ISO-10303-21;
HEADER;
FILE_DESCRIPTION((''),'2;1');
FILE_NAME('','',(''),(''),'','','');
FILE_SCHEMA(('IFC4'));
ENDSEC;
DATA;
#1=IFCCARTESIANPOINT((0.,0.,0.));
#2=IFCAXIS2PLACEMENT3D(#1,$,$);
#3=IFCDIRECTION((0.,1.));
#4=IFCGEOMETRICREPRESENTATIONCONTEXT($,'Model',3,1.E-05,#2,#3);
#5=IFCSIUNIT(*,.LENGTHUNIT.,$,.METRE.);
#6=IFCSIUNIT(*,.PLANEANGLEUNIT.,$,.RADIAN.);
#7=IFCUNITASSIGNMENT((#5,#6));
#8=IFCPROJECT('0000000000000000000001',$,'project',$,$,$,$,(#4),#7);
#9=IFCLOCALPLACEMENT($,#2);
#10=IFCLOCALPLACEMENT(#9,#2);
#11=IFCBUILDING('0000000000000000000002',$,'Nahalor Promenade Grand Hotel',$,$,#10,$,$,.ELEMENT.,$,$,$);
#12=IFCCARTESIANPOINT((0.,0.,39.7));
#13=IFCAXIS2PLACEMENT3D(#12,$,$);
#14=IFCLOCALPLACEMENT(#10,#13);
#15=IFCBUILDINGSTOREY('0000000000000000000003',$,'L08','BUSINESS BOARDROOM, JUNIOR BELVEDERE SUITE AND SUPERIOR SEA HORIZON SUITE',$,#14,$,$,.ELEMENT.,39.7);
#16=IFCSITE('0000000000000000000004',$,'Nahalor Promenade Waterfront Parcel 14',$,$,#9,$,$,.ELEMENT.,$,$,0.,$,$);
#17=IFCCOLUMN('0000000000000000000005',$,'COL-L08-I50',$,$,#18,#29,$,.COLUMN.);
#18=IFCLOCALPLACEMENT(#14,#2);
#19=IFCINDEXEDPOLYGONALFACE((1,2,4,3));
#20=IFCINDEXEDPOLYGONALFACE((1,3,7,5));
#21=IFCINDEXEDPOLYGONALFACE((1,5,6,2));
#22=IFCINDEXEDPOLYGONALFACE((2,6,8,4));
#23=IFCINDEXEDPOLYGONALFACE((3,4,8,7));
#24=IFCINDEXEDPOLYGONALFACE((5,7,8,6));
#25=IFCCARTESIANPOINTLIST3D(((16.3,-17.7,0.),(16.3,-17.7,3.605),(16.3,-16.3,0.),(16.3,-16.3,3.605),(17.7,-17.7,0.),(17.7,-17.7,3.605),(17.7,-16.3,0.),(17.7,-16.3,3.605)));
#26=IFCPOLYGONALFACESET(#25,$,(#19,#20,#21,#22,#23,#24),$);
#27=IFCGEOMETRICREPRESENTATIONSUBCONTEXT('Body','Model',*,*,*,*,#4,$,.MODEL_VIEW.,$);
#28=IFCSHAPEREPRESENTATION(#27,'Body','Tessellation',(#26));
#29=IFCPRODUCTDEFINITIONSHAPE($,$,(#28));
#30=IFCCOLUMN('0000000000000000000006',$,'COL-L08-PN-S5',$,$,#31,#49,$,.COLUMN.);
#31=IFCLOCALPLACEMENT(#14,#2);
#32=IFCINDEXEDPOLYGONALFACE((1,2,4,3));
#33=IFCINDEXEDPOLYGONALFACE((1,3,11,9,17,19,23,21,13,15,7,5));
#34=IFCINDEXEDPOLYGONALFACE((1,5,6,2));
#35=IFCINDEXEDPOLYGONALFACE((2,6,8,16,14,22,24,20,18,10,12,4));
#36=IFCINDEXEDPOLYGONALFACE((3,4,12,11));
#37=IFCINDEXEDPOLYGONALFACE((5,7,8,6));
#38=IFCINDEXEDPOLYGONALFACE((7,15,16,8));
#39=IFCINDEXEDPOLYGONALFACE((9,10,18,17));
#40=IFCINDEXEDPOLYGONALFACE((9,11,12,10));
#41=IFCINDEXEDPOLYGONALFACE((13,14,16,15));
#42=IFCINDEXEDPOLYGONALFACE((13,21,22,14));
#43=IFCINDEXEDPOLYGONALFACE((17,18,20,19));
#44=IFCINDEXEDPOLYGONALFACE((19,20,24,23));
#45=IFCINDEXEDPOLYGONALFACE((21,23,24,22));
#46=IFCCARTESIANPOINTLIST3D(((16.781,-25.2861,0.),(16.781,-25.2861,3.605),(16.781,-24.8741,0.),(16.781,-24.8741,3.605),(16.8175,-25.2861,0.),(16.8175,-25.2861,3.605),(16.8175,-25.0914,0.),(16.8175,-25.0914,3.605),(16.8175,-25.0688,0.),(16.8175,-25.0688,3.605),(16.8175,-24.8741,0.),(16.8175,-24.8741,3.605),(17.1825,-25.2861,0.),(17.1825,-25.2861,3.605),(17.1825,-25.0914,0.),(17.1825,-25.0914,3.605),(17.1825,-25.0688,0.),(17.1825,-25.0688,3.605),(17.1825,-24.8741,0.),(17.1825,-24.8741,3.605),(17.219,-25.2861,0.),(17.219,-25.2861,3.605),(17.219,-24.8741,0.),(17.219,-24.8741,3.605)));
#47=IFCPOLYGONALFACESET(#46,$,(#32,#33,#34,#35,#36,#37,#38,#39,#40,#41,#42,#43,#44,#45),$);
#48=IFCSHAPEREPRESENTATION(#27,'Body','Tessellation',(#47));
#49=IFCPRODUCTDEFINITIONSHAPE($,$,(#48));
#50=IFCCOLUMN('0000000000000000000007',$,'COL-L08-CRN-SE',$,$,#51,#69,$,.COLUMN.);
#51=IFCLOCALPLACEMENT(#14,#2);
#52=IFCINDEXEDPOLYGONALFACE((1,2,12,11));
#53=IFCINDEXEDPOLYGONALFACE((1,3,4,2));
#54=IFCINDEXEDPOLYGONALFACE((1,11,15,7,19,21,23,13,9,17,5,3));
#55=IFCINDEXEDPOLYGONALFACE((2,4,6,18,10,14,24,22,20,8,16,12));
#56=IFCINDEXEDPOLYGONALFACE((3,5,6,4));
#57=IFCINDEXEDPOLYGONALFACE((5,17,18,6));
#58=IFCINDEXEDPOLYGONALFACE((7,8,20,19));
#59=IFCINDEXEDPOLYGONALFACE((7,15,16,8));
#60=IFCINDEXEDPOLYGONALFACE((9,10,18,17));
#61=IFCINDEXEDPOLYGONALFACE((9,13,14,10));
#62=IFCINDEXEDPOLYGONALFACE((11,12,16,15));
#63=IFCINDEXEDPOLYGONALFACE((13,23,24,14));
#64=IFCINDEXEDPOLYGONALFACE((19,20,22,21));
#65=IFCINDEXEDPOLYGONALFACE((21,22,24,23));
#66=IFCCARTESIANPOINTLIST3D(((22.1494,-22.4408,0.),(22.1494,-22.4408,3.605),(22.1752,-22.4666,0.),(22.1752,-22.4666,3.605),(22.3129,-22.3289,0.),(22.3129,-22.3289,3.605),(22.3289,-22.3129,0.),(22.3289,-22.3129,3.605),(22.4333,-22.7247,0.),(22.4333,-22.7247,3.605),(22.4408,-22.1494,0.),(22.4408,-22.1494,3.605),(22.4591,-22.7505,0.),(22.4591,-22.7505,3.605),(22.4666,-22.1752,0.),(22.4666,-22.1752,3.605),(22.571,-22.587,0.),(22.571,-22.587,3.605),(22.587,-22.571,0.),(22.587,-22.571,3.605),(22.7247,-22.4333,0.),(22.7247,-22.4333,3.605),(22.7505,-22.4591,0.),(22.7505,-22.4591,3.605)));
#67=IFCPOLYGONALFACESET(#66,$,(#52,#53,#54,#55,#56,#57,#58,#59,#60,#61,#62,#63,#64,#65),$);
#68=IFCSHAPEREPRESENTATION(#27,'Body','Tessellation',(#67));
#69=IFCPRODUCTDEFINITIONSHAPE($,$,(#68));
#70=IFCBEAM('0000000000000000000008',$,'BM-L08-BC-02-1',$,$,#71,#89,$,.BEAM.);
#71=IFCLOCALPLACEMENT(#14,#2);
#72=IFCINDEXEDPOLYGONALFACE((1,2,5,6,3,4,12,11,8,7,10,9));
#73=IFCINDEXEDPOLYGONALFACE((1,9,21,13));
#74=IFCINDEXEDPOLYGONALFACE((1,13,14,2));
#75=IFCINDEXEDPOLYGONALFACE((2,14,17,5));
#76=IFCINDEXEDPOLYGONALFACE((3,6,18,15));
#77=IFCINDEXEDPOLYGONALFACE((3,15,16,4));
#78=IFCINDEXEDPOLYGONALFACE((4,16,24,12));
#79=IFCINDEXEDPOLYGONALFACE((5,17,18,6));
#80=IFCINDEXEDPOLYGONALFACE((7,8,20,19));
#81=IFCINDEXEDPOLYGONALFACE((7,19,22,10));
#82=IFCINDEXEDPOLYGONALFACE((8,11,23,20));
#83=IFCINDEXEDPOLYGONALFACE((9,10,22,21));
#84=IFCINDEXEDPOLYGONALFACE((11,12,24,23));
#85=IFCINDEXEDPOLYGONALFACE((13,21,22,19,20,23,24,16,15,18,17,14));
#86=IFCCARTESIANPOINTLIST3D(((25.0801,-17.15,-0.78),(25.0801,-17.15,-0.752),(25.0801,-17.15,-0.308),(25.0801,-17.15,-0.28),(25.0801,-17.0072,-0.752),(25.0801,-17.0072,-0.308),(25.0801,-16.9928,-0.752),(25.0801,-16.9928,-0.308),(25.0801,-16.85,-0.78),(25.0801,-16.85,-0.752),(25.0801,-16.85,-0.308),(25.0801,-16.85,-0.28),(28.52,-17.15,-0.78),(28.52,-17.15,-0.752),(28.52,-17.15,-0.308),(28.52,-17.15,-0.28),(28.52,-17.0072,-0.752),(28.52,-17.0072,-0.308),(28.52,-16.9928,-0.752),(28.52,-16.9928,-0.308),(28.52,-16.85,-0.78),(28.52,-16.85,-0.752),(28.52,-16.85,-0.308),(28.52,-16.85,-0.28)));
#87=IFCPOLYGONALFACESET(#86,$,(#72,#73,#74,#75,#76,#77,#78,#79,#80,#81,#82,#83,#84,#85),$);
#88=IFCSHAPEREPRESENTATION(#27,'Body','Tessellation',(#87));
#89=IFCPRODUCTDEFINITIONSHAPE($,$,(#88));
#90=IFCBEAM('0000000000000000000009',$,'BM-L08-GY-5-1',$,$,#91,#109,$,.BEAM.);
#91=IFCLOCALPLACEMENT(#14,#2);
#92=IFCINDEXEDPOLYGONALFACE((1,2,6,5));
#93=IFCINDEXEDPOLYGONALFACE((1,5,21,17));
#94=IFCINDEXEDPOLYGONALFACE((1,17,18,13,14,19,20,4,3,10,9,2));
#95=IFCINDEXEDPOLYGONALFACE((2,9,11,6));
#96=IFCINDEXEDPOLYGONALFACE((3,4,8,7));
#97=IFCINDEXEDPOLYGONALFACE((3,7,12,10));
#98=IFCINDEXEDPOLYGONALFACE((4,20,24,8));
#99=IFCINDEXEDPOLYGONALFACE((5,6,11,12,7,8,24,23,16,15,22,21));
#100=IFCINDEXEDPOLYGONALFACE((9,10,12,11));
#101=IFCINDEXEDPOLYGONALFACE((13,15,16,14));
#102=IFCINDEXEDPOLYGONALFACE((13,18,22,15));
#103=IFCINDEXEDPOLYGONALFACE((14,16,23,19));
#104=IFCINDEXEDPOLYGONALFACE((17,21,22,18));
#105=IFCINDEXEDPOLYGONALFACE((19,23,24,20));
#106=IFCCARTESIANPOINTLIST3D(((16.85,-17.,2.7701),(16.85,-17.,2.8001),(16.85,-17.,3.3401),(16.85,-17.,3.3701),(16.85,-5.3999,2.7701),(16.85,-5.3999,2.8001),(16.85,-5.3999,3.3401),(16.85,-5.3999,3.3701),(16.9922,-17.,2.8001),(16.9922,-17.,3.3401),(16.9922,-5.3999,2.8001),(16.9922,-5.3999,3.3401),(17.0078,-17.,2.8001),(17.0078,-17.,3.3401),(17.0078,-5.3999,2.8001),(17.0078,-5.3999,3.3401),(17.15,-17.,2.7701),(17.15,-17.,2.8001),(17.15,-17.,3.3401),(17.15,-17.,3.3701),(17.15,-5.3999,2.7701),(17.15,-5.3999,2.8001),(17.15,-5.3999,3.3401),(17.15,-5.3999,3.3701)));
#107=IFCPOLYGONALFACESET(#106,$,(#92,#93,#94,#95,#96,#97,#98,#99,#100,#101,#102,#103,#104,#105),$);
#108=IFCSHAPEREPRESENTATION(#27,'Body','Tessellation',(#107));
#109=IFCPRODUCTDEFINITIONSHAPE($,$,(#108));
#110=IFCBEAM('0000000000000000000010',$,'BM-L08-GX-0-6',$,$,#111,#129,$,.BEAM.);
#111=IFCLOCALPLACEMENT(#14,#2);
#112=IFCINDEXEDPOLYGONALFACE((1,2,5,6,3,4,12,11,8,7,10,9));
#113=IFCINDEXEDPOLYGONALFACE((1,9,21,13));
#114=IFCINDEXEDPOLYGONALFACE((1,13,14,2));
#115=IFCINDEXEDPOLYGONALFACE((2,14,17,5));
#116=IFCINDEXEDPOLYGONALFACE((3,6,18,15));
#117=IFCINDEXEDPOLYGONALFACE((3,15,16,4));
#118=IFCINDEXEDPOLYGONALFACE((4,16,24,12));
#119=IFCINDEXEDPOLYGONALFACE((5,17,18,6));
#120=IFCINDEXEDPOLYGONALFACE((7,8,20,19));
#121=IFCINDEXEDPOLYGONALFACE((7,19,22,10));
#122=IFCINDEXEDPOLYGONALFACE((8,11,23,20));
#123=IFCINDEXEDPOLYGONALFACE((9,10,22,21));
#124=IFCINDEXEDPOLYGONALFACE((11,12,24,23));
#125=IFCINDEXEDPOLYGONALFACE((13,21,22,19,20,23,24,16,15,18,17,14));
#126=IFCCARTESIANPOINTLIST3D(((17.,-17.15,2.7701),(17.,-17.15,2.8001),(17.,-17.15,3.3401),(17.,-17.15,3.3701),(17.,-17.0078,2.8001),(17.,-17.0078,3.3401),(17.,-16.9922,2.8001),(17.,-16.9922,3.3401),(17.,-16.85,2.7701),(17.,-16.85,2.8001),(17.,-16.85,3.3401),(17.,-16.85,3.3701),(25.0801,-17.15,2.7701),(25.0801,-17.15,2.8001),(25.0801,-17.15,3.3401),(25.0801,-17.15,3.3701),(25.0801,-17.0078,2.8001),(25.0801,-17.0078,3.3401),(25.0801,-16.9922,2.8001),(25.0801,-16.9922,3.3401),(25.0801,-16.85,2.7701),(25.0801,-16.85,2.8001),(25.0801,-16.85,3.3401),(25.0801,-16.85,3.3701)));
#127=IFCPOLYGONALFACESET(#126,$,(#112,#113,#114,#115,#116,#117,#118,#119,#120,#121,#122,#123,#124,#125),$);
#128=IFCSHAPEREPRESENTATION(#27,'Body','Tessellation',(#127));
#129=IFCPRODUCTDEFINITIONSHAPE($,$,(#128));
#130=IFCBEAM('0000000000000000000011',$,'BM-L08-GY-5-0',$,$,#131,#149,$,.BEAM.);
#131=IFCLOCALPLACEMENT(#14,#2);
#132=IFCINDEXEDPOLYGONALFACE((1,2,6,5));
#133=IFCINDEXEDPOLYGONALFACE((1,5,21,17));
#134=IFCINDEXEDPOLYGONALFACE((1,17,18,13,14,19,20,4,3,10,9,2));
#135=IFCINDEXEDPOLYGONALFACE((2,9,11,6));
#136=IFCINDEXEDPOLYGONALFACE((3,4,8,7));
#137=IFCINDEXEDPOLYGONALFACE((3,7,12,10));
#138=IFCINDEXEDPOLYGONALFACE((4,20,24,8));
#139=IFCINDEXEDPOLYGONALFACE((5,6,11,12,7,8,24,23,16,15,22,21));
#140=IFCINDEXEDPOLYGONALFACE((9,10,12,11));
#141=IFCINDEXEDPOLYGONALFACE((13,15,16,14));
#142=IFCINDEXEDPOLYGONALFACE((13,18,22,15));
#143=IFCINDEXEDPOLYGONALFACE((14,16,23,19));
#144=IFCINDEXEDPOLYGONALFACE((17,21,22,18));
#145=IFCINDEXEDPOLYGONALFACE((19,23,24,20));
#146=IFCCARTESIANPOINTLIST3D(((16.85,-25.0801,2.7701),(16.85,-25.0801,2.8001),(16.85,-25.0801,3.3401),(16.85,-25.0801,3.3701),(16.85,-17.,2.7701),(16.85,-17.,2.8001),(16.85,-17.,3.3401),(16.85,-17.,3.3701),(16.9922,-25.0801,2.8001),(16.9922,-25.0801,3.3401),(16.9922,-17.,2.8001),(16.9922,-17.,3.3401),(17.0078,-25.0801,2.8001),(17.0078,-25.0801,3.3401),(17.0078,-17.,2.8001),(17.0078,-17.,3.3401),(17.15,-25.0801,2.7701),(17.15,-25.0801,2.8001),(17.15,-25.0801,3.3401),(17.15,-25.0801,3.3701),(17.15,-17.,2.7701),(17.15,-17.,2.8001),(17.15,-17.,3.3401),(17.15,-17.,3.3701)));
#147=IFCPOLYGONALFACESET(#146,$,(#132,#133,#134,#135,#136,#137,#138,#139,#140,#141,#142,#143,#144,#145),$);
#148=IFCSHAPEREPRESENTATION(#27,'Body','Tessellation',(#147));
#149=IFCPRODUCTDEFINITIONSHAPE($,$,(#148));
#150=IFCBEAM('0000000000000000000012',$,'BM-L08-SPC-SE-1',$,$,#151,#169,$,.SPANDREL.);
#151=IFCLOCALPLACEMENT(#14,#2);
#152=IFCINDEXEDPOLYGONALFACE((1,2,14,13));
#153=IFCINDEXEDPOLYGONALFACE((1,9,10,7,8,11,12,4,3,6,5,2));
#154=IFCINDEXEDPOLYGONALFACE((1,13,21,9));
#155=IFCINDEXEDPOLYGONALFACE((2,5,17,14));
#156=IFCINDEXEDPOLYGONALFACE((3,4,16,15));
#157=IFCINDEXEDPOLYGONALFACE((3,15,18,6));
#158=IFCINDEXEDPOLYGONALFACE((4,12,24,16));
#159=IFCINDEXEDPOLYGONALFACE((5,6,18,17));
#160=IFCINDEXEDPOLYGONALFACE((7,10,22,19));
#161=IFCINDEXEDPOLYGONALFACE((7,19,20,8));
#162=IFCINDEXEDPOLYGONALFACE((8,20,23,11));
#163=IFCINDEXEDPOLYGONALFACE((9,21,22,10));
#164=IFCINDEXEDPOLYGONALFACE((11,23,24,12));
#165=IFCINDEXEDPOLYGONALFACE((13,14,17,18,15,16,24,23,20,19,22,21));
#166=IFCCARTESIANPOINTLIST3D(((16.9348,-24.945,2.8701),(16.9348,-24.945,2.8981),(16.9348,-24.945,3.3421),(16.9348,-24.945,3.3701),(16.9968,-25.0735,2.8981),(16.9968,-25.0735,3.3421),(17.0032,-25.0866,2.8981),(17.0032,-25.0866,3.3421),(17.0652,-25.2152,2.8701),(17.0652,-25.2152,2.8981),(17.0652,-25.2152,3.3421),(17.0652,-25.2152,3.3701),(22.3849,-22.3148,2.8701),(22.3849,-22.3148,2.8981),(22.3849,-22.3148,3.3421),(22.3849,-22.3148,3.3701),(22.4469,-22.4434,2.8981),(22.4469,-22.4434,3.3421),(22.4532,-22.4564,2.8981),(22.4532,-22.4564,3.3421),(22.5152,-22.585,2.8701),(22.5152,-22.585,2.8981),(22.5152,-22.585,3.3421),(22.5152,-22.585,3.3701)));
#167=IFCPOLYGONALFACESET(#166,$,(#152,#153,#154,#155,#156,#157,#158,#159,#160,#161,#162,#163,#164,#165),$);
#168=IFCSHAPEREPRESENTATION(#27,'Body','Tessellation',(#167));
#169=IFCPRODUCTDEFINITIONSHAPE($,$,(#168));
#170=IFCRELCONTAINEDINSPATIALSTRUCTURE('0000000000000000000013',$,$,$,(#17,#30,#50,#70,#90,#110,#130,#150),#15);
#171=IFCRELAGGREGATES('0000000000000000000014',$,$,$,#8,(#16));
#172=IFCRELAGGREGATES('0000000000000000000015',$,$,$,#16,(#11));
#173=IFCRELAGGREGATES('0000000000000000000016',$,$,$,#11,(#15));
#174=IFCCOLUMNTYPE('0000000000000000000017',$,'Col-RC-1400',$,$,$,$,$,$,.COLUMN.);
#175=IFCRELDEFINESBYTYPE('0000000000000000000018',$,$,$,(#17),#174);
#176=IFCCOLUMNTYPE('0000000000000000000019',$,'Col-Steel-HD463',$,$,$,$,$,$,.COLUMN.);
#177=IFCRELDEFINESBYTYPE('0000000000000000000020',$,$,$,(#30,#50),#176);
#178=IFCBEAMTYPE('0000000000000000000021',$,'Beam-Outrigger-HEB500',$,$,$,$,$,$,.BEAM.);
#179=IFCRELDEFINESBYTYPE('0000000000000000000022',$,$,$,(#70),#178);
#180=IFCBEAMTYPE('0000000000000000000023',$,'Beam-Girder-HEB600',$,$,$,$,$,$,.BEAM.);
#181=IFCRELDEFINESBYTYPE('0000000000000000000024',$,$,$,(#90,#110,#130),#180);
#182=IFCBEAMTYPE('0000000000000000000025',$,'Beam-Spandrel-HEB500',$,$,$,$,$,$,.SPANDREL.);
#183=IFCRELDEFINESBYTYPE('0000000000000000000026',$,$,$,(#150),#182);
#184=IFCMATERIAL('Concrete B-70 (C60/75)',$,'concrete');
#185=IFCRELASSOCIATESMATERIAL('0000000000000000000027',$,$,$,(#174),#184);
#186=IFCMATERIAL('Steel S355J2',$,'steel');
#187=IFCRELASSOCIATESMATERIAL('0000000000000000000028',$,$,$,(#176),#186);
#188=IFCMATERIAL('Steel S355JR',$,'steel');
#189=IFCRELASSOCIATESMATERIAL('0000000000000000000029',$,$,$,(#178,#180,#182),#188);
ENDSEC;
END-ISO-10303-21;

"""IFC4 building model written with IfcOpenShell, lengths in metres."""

from ifc_helpers import new_model, si_unit, direction, frame, origin, origin_2d, place, context, subcontext, project, spatial, rectangle, i_section, extrude, source, transform, mapped, material, material_profile, profile_set, type_object, element, save


model = new_model("IFC4")

# Units and contexts
model_context = context("Model", 3, precision=1e-05, world=origin(), true_north=direction((0.0, 1.0)))
body_context = subcontext(model_context, "Body", "Model", "MODEL_VIEW")
ifc_project = project(units=[si_unit("LENGTHUNIT", "METRE"), si_unit("PLANEANGLEUNIT", "RADIAN")], contexts=[model_context])

# Site, building, storey
site_placement = place(None, origin())
site = spatial("IfcSite", under=ifc_project, at=site_placement, Name="Nahalor Promenade Waterfront Parcel 14", CompositionType="ELEMENT", RefElevation=0.0)
building_placement = place(site_placement, origin())
building = spatial("IfcBuilding", under=site, at=building_placement, Name="Nahalor Promenade Grand Hotel", CompositionType="ELEMENT")
storey_placement = place(building_placement, frame((0.0, 0.0, 39.7)))
storey = spatial("IfcBuildingStorey", under=building, at=storey_placement, Name="L08", Description="BUSINESS BOARDROOM, JUNIOR BELVEDERE SUITE AND SUPERIOR SEA HORIZON SUITE", CompositionType="ELEMENT", Elevation=39.7)

# Columns
ifc_material_1 = material(Name="Concrete B-70 (C60/75)", Category="concrete")
ifc_material_profile_1 = material_profile(ifc_material_1, rectangle(XDim=1.4, YDim=1.4, at=origin_2d()), Name="RC 1400x1400")
ifc_profile_set_1 = profile_set([ifc_material_profile_1], Name="Concrete B-70 (C60/75)")
column_type_1 = type_object("IfcColumnType", Name="Col-RC-1400", PredefinedType="COLUMN", material=ifc_profile_set_1)
shared_shape_1 = source(origin(), body_context, "Body", "SweptSolid", [
    extrude(rectangle(XDim=1.4, YDim=1.4, at=origin_2d()), origin(), (0.0, 0.0, 1.0), 3.605),
])
column_placement = place(storey_placement, frame((17.0, -17.0, 0.0), z_axis=(0.0, 0.0, 1.0), x_axis=(1.0, 0.0, 0.0)))
element("IfcColumn", 1, at=column_placement, inside=storey, type_object=column_type_1, Name="COL-L08-I50", PredefinedType="COLUMN", context=body_context, shape_type="MappedRepresentation", body=[
    mapped(shared_shape_1, transform((0.0, 0.0, 0.0), scale=1.0)),
])
ifc_material_2 = material(Name="Steel S355J2", Category="steel")
ifc_material_profile_2 = material_profile(ifc_material_2, i_section(OverallWidth=0.412, OverallDepth=0.438, WebThickness=0.0226, FlangeThickness=0.0365, at=origin_2d()), Name="HD 400x463")
ifc_profile_set_2 = profile_set([ifc_material_profile_2], Name="Steel S355J2")
column_type_2 = type_object("IfcColumnType", Name="Col-Steel-HD463", PredefinedType="COLUMN", material=ifc_profile_set_2)
shared_shape_2 = source(origin(), body_context, "Body", "SweptSolid", [
    extrude(i_section(OverallWidth=0.412, OverallDepth=0.438, WebThickness=0.0226, FlangeThickness=0.0365, at=origin_2d()), origin(), (0.0, 0.0, 1.0), 3.605),
])
for number, where, z_axis, x_axis, name in (
    (2, (17.0, -25.0801, 0.0), (0.0, 0.0, 1.0), (0.0, 1.0, 0.0), "COL-L08-PN-S5"),
    (3, (22.45, -22.45, 0.0), (0.0, 0.0, 1.0), (0.707107, 0.707107, 0.0), "COL-L08-CRN-SE"),
):
    element("IfcColumn", number, at=place(storey_placement, frame(where, z_axis=z_axis, x_axis=x_axis)), inside=storey, type_object=column_type_2, Name=name, PredefinedType="COLUMN", context=body_context, shape_type="MappedRepresentation", body=[
        mapped(shared_shape_2, transform((0.0, 0.0, 0.0), scale=1.0)),
    ])

# Beams
ifc_material_3 = material(Name="Steel S355JR", Category="steel")
ifc_material_profile_3 = material_profile(ifc_material_3, i_section(OverallWidth=0.3, OverallDepth=0.5, WebThickness=0.0145, FlangeThickness=0.028, at=origin_2d()), Name="HEB 500")
ifc_profile_set_3 = profile_set([ifc_material_profile_3], Name="Steel S355JR")
beam_type_1 = type_object("IfcBeamType", Name="Beam-Outrigger-HEB500", PredefinedType="BEAM", material=ifc_profile_set_3)
shared_shape_3 = source(origin(), body_context, "Body", "SweptSolid", [
    extrude(i_section(OverallWidth=0.3, OverallDepth=0.5, WebThickness=0.0145, FlangeThickness=0.028, at=origin_2d()), origin(), (0.0, 0.0, 1.0), 3.4399),
])
beam_1_placement = place(storey_placement, frame((25.0801, -17.0, -0.53), z_axis=(1.0, 0.0, 0.0), x_axis=(0.0, 1.0, 0.0)))
element("IfcBeam", 4, at=beam_1_placement, inside=storey, type_object=beam_type_1, Name="BM-L08-BC-02-1", PredefinedType="BEAM", context=body_context, shape_type="MappedRepresentation", body=[
    mapped(shared_shape_3, transform((0.0, 0.0, 0.0), scale=1.0)),
])
ifc_material_profile_4 = material_profile(ifc_material_3, i_section(OverallWidth=0.3, OverallDepth=0.6, WebThickness=0.0155, FlangeThickness=0.03, at=origin_2d()), Name="HEB 600")
ifc_profile_set_4 = profile_set([ifc_material_profile_4], Name="Steel S355JR")
beam_type_2 = type_object("IfcBeamType", Name="Beam-Girder-HEB600", PredefinedType="BEAM", material=ifc_profile_set_4)
shared_shape_4 = source(origin(), body_context, "Body", "SweptSolid", [
    extrude(i_section(OverallWidth=0.3, OverallDepth=0.6, WebThickness=0.0155, FlangeThickness=0.03, at=origin_2d()), origin(), (0.0, 0.0, 1.0), 11.6001),
])
beam_2_placement = place(storey_placement, frame((17.0, -17.0, 3.0701), z_axis=(0.0, 1.0, 0.0), x_axis=(-1.0, 0.0, 0.0)))
element("IfcBeam", 5, at=beam_2_placement, inside=storey, type_object=beam_type_2, Name="BM-L08-GY-5-1", PredefinedType="BEAM", context=body_context, shape_type="MappedRepresentation", body=[
    mapped(shared_shape_4, transform((0.0, 0.0, 0.0), scale=1.0)),
])
shared_shape_5 = source(origin(), body_context, "Body", "SweptSolid", [
    extrude(i_section(OverallWidth=0.3, OverallDepth=0.6, WebThickness=0.0155, FlangeThickness=0.03, at=origin_2d()), origin(), (0.0, 0.0, 1.0), 8.0801),
])
for number, where, z_axis, x_axis, name in (
    (6, (17.0, -17.0, 3.0701), (1.0, 0.0, 0.0), (0.0, 1.0, 0.0), "BM-L08-GX-0-6"),
    (7, (17.0, -25.0801, 3.0701), (0.0, 1.0, 0.0), (-1.0, 0.0, 0.0), "BM-L08-GY-5-0"),
):
    element("IfcBeam", number, at=place(storey_placement, frame(where, z_axis=z_axis, x_axis=x_axis)), inside=storey, type_object=beam_type_2, Name=name, PredefinedType="BEAM", context=body_context, shape_type="MappedRepresentation", body=[
        mapped(shared_shape_5, transform((0.0, 0.0, 0.0), scale=1.0)),
    ])
ifc_material_profile_5 = material_profile(ifc_material_3, i_section(OverallWidth=0.3, OverallDepth=0.5, WebThickness=0.0145, FlangeThickness=0.028, at=origin_2d()), Name="HEB 500")
ifc_profile_set_5 = profile_set([ifc_material_profile_5], Name="Steel S355JR")
beam_type_3 = type_object("IfcBeamType", Name="Beam-Spandrel-HEB500", PredefinedType="SPANDREL", material=ifc_profile_set_5)
shared_shape_6 = source(origin(), body_context, "Body", "SweptSolid", [
    extrude(i_section(OverallWidth=0.3, OverallDepth=0.5, WebThickness=0.0145, FlangeThickness=0.028, at=origin_2d()), origin(), (0.0, 0.0, 1.0), 6.0515),
])
for number, where, z_axis, x_axis, name in (
    (8, (17.0, -25.0801, 3.1201), (0.900609, 0.434631, 0.0), (-0.434631, 0.900609, 0.0), "BM-L08-SPC-SE-1"),
):
    element("IfcBeam", number, at=place(storey_placement, frame(where, z_axis=z_axis, x_axis=x_axis)), inside=storey, type_object=beam_type_3, Name=name, PredefinedType="SPANDREL", context=body_context, shape_type="MappedRepresentation", body=[
        mapped(shared_shape_6, transform((0.0, 0.0, 0.0), scale=1.0)),
    ])

save(model, "model.ifc")
